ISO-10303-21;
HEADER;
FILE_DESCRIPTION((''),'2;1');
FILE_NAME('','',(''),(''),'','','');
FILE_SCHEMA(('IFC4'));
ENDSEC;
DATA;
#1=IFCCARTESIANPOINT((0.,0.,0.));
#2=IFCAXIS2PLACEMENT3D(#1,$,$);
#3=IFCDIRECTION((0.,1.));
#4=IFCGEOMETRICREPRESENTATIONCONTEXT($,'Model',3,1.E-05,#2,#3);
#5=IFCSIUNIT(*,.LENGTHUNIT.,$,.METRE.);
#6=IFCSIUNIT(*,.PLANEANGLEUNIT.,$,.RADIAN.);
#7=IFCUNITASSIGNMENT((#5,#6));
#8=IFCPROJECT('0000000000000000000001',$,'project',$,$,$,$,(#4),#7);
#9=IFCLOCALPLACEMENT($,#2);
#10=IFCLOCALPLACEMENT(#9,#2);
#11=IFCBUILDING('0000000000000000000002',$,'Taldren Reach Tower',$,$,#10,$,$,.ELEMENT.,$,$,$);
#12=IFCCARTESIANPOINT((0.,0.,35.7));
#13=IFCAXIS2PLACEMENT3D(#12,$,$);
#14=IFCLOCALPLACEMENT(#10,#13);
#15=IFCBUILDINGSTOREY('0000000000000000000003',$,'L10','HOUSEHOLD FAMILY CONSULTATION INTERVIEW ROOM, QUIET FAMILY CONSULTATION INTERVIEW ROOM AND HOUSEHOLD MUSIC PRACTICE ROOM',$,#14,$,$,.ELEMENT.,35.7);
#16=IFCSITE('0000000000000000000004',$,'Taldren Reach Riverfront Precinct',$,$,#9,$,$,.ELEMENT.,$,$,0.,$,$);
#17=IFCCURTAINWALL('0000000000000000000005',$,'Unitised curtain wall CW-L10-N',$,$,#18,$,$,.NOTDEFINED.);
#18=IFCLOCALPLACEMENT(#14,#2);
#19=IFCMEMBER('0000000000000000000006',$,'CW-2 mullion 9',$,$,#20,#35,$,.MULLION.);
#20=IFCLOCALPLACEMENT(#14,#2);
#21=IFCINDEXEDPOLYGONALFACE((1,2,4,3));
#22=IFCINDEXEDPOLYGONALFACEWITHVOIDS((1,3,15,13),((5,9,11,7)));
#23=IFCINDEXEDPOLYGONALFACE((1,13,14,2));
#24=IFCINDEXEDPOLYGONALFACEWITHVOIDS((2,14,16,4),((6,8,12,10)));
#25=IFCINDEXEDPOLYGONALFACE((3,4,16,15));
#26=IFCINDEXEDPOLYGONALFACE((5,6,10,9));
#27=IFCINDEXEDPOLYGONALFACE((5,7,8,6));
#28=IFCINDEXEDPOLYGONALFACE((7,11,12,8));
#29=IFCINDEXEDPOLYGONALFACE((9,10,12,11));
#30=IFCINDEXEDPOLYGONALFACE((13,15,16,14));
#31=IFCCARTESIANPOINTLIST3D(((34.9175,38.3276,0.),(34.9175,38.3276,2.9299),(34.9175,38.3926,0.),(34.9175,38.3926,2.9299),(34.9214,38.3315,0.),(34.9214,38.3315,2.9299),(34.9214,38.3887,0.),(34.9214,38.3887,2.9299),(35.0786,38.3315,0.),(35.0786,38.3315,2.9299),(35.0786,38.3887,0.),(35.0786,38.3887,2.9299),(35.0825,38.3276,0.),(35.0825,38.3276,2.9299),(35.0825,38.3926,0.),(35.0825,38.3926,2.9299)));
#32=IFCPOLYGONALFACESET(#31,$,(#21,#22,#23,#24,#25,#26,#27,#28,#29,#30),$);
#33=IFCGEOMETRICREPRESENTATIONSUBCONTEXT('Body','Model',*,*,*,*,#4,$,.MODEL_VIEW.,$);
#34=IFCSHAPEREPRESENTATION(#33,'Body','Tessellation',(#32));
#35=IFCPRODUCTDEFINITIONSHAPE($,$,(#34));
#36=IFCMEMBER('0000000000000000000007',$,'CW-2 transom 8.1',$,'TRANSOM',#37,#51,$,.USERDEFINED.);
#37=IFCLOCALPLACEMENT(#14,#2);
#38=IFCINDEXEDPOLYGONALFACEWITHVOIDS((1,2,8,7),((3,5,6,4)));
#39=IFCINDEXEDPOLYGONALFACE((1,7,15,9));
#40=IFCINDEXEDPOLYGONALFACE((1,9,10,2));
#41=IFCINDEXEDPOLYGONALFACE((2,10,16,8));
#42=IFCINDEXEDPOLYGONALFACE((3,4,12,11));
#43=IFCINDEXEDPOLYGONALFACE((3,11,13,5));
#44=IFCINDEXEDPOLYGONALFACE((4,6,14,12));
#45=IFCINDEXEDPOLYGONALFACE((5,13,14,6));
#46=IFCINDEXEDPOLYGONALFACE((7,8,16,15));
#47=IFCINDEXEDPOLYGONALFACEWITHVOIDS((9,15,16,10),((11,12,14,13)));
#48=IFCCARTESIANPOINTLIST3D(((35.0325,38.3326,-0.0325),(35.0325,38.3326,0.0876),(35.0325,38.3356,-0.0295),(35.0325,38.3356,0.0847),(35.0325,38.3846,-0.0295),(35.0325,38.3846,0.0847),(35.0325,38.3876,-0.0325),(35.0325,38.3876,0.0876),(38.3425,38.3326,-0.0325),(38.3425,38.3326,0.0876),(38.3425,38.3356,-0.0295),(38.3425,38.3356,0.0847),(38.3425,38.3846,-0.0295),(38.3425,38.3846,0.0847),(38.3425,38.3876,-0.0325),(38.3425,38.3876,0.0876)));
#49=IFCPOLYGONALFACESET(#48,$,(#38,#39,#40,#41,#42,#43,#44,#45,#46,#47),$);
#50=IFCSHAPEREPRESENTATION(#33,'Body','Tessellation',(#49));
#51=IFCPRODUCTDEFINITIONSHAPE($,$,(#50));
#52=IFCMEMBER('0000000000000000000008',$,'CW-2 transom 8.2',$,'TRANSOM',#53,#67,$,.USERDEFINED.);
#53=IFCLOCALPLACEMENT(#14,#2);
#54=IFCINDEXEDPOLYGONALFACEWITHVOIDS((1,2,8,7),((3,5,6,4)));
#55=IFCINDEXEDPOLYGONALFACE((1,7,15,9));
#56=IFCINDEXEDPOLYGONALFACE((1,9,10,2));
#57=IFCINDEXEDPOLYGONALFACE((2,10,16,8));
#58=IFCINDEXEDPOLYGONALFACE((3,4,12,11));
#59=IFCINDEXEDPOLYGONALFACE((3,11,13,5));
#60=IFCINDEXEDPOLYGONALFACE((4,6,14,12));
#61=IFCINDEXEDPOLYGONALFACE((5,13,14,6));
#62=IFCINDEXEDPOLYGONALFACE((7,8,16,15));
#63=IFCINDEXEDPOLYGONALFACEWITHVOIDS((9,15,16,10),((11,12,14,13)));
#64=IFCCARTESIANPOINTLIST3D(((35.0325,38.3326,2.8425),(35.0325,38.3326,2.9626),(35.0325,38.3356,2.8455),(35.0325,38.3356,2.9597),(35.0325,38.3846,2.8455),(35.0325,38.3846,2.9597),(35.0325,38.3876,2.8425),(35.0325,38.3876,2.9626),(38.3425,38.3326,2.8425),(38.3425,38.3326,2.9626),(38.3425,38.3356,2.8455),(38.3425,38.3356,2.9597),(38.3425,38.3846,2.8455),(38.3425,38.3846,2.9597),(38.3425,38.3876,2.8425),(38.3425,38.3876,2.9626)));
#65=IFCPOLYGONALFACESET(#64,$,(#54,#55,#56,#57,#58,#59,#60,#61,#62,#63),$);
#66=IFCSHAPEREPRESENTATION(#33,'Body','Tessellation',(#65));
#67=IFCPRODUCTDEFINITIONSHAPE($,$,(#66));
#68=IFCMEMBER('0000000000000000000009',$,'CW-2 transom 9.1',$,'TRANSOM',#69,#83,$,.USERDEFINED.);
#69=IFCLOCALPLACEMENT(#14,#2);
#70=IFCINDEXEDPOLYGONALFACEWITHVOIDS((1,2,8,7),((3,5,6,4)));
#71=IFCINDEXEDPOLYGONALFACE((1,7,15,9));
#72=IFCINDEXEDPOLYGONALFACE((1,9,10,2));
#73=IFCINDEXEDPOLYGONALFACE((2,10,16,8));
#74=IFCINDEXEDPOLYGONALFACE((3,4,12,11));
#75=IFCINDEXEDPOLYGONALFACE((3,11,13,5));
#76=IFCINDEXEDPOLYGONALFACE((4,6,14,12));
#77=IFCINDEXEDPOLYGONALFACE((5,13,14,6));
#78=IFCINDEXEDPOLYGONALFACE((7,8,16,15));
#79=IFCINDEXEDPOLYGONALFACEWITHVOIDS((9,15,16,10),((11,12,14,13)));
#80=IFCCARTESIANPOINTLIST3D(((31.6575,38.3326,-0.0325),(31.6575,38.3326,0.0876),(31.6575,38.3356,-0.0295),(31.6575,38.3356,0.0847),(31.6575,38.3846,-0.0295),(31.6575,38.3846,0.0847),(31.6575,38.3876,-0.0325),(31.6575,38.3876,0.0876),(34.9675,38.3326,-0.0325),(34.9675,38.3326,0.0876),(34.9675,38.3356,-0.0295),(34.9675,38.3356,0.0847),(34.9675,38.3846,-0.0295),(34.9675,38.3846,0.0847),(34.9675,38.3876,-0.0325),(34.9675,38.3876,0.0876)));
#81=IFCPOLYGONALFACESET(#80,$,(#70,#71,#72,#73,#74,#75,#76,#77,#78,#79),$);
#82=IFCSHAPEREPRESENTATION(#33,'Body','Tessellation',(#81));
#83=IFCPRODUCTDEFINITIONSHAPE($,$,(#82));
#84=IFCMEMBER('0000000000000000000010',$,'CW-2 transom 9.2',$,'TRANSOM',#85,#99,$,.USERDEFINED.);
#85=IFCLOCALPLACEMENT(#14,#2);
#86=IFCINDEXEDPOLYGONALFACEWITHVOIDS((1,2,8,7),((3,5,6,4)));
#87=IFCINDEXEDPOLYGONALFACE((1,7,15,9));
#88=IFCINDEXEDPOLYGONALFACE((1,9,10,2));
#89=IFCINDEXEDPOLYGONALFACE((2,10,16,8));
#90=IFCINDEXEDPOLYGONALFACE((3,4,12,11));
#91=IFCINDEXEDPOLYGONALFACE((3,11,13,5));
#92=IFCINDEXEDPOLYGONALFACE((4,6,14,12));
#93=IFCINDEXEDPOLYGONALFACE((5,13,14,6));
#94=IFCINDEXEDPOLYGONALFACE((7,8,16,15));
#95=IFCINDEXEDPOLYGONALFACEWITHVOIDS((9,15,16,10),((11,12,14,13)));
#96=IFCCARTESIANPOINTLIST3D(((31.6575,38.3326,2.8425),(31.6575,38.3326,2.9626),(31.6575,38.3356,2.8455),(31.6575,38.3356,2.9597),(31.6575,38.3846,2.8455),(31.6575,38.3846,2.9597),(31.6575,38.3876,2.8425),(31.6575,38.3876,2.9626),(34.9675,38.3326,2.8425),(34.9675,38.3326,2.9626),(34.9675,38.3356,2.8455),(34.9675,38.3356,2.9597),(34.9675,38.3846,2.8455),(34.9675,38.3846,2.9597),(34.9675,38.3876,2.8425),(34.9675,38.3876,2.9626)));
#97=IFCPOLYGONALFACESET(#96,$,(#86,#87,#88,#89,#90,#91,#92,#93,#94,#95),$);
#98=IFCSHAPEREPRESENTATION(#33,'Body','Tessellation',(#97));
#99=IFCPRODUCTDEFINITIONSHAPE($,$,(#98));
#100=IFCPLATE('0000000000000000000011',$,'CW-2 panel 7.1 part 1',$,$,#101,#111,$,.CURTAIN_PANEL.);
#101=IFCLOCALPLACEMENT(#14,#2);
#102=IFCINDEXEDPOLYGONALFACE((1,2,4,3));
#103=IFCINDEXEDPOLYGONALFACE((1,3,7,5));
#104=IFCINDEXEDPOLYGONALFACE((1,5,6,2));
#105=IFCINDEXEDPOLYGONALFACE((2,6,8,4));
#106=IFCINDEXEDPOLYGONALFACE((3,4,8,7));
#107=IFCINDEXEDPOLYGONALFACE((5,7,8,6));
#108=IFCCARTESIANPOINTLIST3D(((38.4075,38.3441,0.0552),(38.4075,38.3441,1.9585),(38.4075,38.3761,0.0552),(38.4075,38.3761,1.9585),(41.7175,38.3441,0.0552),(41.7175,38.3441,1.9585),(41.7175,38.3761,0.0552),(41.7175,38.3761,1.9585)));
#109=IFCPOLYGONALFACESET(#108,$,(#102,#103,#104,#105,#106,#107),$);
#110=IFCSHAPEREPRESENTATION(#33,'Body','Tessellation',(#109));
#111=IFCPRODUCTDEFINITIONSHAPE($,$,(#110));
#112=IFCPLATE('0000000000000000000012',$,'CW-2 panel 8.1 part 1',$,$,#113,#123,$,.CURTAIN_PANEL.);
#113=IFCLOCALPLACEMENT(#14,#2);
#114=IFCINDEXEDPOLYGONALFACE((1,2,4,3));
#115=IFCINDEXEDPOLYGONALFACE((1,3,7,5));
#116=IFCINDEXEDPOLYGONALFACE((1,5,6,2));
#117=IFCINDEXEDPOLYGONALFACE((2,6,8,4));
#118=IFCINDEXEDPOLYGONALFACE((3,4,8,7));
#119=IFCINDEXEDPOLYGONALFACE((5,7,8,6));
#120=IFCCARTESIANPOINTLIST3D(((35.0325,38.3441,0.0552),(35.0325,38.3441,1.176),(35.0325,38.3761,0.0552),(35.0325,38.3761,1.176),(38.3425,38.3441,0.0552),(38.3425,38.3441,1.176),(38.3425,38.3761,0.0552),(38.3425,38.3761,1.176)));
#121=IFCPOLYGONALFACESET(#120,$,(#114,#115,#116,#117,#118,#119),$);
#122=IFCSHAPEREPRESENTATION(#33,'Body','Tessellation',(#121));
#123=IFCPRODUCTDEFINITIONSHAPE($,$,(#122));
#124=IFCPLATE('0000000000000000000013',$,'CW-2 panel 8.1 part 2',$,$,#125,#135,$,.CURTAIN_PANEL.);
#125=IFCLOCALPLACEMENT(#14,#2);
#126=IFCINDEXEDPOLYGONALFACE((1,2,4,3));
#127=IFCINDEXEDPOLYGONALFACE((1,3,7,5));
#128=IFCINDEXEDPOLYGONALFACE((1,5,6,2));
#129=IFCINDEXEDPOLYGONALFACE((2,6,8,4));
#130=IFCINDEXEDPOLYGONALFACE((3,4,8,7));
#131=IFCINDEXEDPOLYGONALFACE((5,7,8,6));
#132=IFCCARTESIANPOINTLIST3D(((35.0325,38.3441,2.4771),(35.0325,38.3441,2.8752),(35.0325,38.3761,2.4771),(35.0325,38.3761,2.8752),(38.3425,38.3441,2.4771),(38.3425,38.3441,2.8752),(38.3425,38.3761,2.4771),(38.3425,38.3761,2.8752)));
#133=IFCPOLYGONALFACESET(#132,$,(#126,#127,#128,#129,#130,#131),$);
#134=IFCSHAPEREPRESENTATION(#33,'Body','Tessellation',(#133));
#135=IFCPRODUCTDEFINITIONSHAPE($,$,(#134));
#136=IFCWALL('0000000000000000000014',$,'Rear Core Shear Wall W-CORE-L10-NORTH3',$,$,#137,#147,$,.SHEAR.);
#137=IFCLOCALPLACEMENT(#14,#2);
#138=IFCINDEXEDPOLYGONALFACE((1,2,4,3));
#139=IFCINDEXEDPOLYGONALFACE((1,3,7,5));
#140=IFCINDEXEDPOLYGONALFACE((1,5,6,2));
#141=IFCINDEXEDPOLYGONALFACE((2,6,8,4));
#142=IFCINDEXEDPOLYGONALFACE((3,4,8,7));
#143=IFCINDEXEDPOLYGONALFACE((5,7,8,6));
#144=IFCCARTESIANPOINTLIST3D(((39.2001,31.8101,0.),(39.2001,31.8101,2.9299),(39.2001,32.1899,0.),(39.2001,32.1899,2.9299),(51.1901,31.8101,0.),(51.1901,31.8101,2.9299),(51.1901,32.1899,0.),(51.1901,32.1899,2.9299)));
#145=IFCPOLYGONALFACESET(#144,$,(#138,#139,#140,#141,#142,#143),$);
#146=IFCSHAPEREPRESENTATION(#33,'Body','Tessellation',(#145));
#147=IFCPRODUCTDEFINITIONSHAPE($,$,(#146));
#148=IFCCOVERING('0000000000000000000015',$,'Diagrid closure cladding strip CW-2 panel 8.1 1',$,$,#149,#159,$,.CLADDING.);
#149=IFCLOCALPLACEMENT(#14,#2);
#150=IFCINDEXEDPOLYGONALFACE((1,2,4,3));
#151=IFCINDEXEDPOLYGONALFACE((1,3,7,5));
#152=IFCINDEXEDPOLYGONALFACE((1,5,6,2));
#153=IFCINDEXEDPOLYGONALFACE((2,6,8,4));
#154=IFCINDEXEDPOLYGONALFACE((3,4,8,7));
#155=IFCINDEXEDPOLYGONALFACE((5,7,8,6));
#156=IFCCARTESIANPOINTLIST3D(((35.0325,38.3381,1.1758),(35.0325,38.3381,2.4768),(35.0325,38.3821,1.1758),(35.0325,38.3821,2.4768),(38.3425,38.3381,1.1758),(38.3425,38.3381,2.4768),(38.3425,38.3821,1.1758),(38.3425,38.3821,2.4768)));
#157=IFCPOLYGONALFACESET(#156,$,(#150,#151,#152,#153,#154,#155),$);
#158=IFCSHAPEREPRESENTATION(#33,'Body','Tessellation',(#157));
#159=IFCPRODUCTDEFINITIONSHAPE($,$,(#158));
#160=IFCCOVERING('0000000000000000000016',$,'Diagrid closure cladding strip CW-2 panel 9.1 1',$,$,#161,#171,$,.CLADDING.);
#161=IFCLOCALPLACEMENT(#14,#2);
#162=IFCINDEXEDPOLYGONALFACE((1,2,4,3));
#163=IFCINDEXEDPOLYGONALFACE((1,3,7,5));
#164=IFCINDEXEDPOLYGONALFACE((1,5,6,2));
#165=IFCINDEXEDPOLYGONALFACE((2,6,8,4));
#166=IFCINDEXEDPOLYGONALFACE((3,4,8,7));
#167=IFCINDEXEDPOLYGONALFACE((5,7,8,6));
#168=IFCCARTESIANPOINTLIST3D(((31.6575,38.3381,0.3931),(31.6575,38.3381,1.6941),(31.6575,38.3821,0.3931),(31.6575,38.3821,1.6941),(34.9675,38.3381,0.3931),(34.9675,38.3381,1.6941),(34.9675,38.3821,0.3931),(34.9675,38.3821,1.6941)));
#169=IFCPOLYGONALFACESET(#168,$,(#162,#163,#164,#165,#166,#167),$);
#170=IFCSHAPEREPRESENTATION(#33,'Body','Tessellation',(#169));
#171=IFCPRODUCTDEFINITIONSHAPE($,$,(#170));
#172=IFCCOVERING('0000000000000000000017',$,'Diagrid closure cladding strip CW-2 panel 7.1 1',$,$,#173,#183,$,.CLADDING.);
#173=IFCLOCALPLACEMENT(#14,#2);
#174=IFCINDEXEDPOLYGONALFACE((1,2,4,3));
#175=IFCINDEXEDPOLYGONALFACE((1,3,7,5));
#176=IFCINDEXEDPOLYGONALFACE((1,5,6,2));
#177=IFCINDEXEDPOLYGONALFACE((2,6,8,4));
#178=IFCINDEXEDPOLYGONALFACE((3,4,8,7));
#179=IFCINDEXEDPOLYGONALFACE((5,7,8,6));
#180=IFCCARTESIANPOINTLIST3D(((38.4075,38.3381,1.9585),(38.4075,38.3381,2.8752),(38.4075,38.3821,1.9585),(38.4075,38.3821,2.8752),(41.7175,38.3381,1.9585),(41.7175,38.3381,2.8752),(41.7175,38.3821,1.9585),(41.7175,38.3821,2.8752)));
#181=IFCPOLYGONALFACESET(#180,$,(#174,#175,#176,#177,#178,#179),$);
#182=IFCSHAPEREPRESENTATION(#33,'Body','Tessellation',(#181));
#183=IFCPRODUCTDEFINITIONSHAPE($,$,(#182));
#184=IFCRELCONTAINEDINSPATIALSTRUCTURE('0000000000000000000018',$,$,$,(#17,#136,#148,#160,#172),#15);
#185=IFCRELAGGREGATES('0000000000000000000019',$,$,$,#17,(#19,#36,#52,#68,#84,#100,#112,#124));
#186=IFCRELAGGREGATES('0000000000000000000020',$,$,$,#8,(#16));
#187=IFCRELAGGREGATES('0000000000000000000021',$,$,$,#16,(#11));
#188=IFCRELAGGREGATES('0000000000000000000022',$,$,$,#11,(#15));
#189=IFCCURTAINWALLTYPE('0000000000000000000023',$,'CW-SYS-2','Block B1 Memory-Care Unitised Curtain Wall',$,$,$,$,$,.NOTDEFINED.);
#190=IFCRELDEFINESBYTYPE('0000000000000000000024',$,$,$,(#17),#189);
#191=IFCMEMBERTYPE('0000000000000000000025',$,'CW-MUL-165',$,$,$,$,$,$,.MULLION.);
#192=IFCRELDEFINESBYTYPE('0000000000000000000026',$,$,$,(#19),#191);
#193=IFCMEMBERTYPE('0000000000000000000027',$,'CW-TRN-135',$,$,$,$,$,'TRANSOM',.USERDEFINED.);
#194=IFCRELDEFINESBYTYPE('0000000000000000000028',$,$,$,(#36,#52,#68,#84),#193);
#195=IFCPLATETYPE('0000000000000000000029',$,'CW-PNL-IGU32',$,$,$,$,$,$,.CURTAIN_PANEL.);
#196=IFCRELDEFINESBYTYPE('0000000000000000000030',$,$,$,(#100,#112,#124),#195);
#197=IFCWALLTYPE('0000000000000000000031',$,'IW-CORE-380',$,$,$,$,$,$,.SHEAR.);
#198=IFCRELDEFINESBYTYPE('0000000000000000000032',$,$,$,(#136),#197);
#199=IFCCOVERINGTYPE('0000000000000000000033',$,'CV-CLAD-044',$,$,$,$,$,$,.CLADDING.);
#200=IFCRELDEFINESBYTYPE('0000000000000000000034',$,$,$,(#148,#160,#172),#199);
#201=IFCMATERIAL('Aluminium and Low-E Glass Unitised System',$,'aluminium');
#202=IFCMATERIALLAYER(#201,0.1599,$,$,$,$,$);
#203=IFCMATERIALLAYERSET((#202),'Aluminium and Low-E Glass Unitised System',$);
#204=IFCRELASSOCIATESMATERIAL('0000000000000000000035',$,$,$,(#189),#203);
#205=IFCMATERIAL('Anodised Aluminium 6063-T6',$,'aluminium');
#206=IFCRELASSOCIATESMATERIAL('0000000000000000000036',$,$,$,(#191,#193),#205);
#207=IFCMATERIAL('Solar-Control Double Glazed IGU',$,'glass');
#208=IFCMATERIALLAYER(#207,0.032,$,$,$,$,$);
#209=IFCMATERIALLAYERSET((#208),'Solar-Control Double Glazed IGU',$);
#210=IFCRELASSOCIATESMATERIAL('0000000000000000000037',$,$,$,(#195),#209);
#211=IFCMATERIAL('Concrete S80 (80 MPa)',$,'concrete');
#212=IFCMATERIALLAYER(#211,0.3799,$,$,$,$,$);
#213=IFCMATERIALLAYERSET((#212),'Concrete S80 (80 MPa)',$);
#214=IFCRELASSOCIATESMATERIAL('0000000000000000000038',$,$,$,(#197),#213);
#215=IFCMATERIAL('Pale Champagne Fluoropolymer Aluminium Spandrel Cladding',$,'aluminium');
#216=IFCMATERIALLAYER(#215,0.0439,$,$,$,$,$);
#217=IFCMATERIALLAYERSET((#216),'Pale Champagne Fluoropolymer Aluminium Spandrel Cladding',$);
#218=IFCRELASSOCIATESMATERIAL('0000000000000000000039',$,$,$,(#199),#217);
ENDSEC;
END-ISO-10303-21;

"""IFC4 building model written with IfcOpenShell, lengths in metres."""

from ifc_helpers import new_model, si_unit, direction, frame, frame_2d, origin, origin_2d, place, context, subcontext, project, spatial, rectangle, hollow_rectangle, extrude, source, transform, mapped, material, layer, layer_set, material_profile, profile_set, type_object, element, aggregate, save


model = new_model("IFC4")

# Units and contexts
model_context = context("Model", 3, precision=1e-05, world=origin(), true_north=direction((0.0, 1.0)))
body_context = subcontext(model_context, "Body", "Model", "MODEL_VIEW")
ifc_project = project(units=[si_unit("LENGTHUNIT", "METRE"), si_unit("PLANEANGLEUNIT", "RADIAN")], contexts=[model_context])

# Site, building, storey
site_placement = place(None, origin())
site = spatial("IfcSite", under=ifc_project, at=site_placement, Name="Taldren Reach Riverfront Precinct", CompositionType="ELEMENT", RefElevation=0.0)
building_placement = place(site_placement, origin())
building = spatial("IfcBuilding", under=site, at=building_placement, Name="Taldren Reach Tower", CompositionType="ELEMENT")
storey_placement = place(building_placement, frame((0.0, 0.0, 35.7)))
storey = spatial("IfcBuildingStorey", under=building, at=storey_placement, Name="L10", Description="HOUSEHOLD FAMILY CONSULTATION INTERVIEW ROOM, QUIET FAMILY CONSULTATION INTERVIEW ROOM AND HOUSEHOLD MUSIC PRACTICE ROOM", CompositionType="ELEMENT", Elevation=35.7)

# Curtain wall, members, plates
ifc_material_1 = material(Name="Aluminium and Low-E Glass Unitised System", Category="aluminium")
ifc_layer_1 = layer(ifc_material_1, 0.1599)
ifc_layer_set_1 = layer_set([ifc_layer_1], Name="Aluminium and Low-E Glass Unitised System")
curtain_wall_type = type_object("IfcCurtainWallType", Name="CW-SYS-2", Description="Block B1 Memory-Care Unitised Curtain Wall", PredefinedType="NOTDEFINED", material=ifc_layer_set_1)
curtain_wall_placement = place(storey_placement, origin())
curtain_wall = element("IfcCurtainWall", 1, at=curtain_wall_placement, inside=storey, type_object=curtain_wall_type, Name="Unitised curtain wall CW-L10-N", PredefinedType="NOTDEFINED")
ifc_material_2 = material(Name="Anodised Aluminium 6063-T6", Category="aluminium")
ifc_material_profile_1 = material_profile(ifc_material_2, hollow_rectangle(XDim=0.0649, YDim=0.165, WallThickness=0.0039, at=origin_2d()), Name="ALU-165x65x4RHS")
ifc_profile_set_1 = profile_set([ifc_material_profile_1], Name="Anodised Aluminium 6063-T6")
member_type_1 = type_object("IfcMemberType", Name="CW-MUL-165", PredefinedType="MULLION", material=ifc_profile_set_1)
shared_shape_1 = source(origin(), body_context, "Body", "SweptSolid", [
    extrude(hollow_rectangle(XDim=0.0649, YDim=0.165, WallThickness=0.0039, at=origin_2d()), origin(), (0.0, 0.0, 1.0), 2.9299),
])
member_1_placement = place(storey_placement, frame((35.0, 38.3601, 0.0), z_axis=(0.0, 0.0, 1.0), x_axis=(0.0, -1.0, 0.0)))
member_1 = element("IfcMember", 2, at=member_1_placement, type_object=member_type_1, Name="CW-2 mullion 9", PredefinedType="MULLION", context=body_context, shape_type="MappedRepresentation", body=[
    mapped(shared_shape_1, transform((0.0, 0.0, 0.0), scale=1.0)),
])
ifc_material_profile_2 = material_profile(ifc_material_2, hollow_rectangle(XDim=0.0549, YDim=0.1201, WallThickness=0.0029, at=origin_2d()), Name="ALU-120x55x3RHS")
ifc_profile_set_2 = profile_set([ifc_material_profile_2], Name="Anodised Aluminium 6063-T6")
member_type_2 = type_object("IfcMemberType", Name="CW-TRN-135", ElementType="TRANSOM", PredefinedType="USERDEFINED", material=ifc_profile_set_2)
shared_shape_2 = source(origin(), body_context, "Body", "SweptSolid", [
    extrude(hollow_rectangle(XDim=0.0549, YDim=0.1201, WallThickness=0.0029, at=origin_2d()), origin(), (0.0, 0.0, 1.0), 3.3101),
])
member_2_placement = place(storey_placement, frame((38.3425, 38.3601, 0.0276), z_axis=(-1.0, 0.0, 0.0), x_axis=(0.0, -1.0, 0.0)))
member_2 = element("IfcMember", 3, at=member_2_placement, type_object=member_type_2, Name="CW-2 transom 8.1", ObjectType="TRANSOM", PredefinedType="USERDEFINED", context=body_context, shape_type="MappedRepresentation", body=[
    mapped(shared_shape_2, transform((0.0, 0.0, 0.0), scale=1.0)),
])
member_3_placement = place(storey_placement, frame((38.3425, 38.3601, 2.9026), z_axis=(-1.0, 0.0, 0.0), x_axis=(0.0, -1.0, 0.0)))
member_3 = element("IfcMember", 4, at=member_3_placement, type_object=member_type_2, Name="CW-2 transom 8.2", ObjectType="TRANSOM", PredefinedType="USERDEFINED", context=body_context, shape_type="MappedRepresentation", body=[
    mapped(shared_shape_2, transform((0.0, 0.0, 0.0), scale=1.0)),
])
member_4_placement = place(storey_placement, frame((34.9675, 38.3601, 0.0276), z_axis=(-1.0, 0.0, 0.0), x_axis=(0.0, -1.0, 0.0)))
member_4 = element("IfcMember", 5, at=member_4_placement, type_object=member_type_2, Name="CW-2 transom 9.1", ObjectType="TRANSOM", PredefinedType="USERDEFINED", context=body_context, shape_type="MappedRepresentation", body=[
    mapped(shared_shape_2, transform((0.0, 0.0, 0.0), scale=1.0)),
])
member_5_placement = place(storey_placement, frame((34.9675, 38.3601, 2.9026), z_axis=(-1.0, 0.0, 0.0), x_axis=(0.0, -1.0, 0.0)))
member_5 = element("IfcMember", 6, at=member_5_placement, type_object=member_type_2, Name="CW-2 transom 9.2", ObjectType="TRANSOM", PredefinedType="USERDEFINED", context=body_context, shape_type="MappedRepresentation", body=[
    mapped(shared_shape_2, transform((0.0, 0.0, 0.0), scale=1.0)),
])
ifc_material_3 = material(Name="Solar-Control Double Glazed IGU", Category="glass")
ifc_layer_2 = layer(ifc_material_3, 0.032)
ifc_layer_set_2 = layer_set([ifc_layer_2], Name="Solar-Control Double Glazed IGU")
plate_type = type_object("IfcPlateType", Name="CW-PNL-IGU32", PredefinedType="CURTAIN_PANEL", material=ifc_layer_set_2)
shared_shape_3 = source(origin(), body_context, "Body", "SweptSolid", [
    extrude(rectangle(XDim=3.3101, YDim=0.032, at=origin_2d()), origin(), (0.0, 0.0, 1.0), 1.9033),
])
plate_1_placement = place(storey_placement, frame((40.0625, 38.3601, 0.0552), z_axis=(0.0, 0.0, 1.0), x_axis=(-1.0, 0.0, 0.0)))
plate_1 = element("IfcPlate", 7, at=plate_1_placement, type_object=plate_type, Name="CW-2 panel 7.1 part 1", PredefinedType="CURTAIN_PANEL", context=body_context, shape_type="MappedRepresentation", body=[
    mapped(shared_shape_3, transform((0.0, 0.0, 0.0), scale=1.0)),
])
shared_shape_4 = source(origin(), body_context, "Body", "SweptSolid", [
    extrude(rectangle(XDim=3.3101, YDim=0.032, at=origin_2d()), origin(), (0.0, 0.0, 1.0), 1.1208),
])
plate_2_placement = place(storey_placement, frame((36.6875, 38.3601, 0.0552), z_axis=(0.0, 0.0, 1.0), x_axis=(-1.0, 0.0, 0.0)))
plate_2 = element("IfcPlate", 8, at=plate_2_placement, type_object=plate_type, Name="CW-2 panel 8.1 part 1", PredefinedType="CURTAIN_PANEL", context=body_context, shape_type="MappedRepresentation", body=[
    mapped(shared_shape_4, transform((0.0, 0.0, 0.0), scale=1.0)),
])
shared_shape_5 = source(origin(), body_context, "Body", "SweptSolid", [
    extrude(rectangle(XDim=3.3101, YDim=0.032, at=origin_2d()), origin(), (0.0, 0.0, 1.0), 0.3982),
])
plate_3_placement = place(storey_placement, frame((36.6875, 38.3601, 2.4771), z_axis=(0.0, 0.0, 1.0), x_axis=(-1.0, 0.0, 0.0)))
plate_3 = element("IfcPlate", 9, at=plate_3_placement, type_object=plate_type, Name="CW-2 panel 8.1 part 2", PredefinedType="CURTAIN_PANEL", context=body_context, shape_type="MappedRepresentation", body=[
    mapped(shared_shape_5, transform((0.0, 0.0, 0.0), scale=1.0)),
])
aggregate(curtain_wall, [member_1, member_2, member_3, member_4, member_5, plate_1, plate_2, plate_3])

# Wall
ifc_material_4 = material(Name="Concrete S80 (80 MPa)", Category="concrete")
ifc_layer_3 = layer(ifc_material_4, 0.3799)
ifc_layer_set_3 = layer_set([ifc_layer_3], Name="Concrete S80 (80 MPa)")
wall_type = type_object("IfcWallType", Name="IW-CORE-380", PredefinedType="SHEAR", material=ifc_layer_set_3)
shared_shape_6 = source(origin(), body_context, "Body", "SweptSolid", [
    extrude(rectangle(XDim=11.99, YDim=0.3799, at=frame_2d((5.9951, 0.0))), origin(), (0.0, 0.0, 1.0), 2.9299),
])
wall_placement = place(storey_placement, frame((39.2, 32.0, 0.0), z_axis=(0.0, 0.0, 1.0), x_axis=(1.0, 0.0, 0.0)))
element("IfcWall", 10, at=wall_placement, inside=storey, type_object=wall_type, Name="Rear Core Shear Wall W-CORE-L10-NORTH3", PredefinedType="SHEAR", context=body_context, shape_type="MappedRepresentation", body=[
    mapped(shared_shape_6, transform((0.0, 0.0, 0.0), scale=1.0)),
])

# Coverings
ifc_material_5 = material(Name="Pale Champagne Fluoropolymer Aluminium Spandrel Cladding", Category="aluminium")
ifc_layer_4 = layer(ifc_material_5, 0.0439)
ifc_layer_set_4 = layer_set([ifc_layer_4], Name="Pale Champagne Fluoropolymer Aluminium Spandrel Cladding")
covering_type = type_object("IfcCoveringType", Name="CV-CLAD-044", PredefinedType="CLADDING", material=ifc_layer_set_4)
shared_shape_7 = source(origin(), body_context, "Body", "SweptSolid", [
    extrude(rectangle(XDim=3.3101, YDim=0.0439, at=origin_2d()), origin(), (0.0, 0.0, 1.0), 1.301),
])
for number, where, z_axis, x_axis, name in (
    (11, (36.6875, 38.3601, 1.1758), (0.0, 0.0, 1.0), (-1.0, 0.0, 0.0), "Diagrid closure cladding strip CW-2 panel 8.1 1"),
    (12, (33.3125, 38.3601, 0.3931), (0.0, 0.0, 1.0), (-1.0, 0.0, 0.0), "Diagrid closure cladding strip CW-2 panel 9.1 1"),
):
    element("IfcCovering", number, at=place(storey_placement, frame(where, z_axis=z_axis, x_axis=x_axis)), inside=storey, type_object=covering_type, Name=name, PredefinedType="CLADDING", context=body_context, shape_type="MappedRepresentation", body=[
        mapped(shared_shape_7, transform((0.0, 0.0, 0.0), scale=1.0)),
    ])
shared_shape_8 = source(origin(), body_context, "Body", "SweptSolid", [
    extrude(rectangle(XDim=3.3101, YDim=0.0439, at=origin_2d()), origin(), (0.0, 0.0, 1.0), 0.9167),
])
covering_placement = place(storey_placement, frame((40.0625, 38.3601, 1.9585), z_axis=(0.0, 0.0, 1.0), x_axis=(-1.0, 0.0, 0.0)))
element("IfcCovering", 13, at=covering_placement, inside=storey, type_object=covering_type, Name="Diagrid closure cladding strip CW-2 panel 7.1 1", PredefinedType="CLADDING", context=body_context, shape_type="MappedRepresentation", body=[
    mapped(shared_shape_8, transform((0.0, 0.0, 0.0), scale=1.0)),
])

save(model, "model.ifc")
